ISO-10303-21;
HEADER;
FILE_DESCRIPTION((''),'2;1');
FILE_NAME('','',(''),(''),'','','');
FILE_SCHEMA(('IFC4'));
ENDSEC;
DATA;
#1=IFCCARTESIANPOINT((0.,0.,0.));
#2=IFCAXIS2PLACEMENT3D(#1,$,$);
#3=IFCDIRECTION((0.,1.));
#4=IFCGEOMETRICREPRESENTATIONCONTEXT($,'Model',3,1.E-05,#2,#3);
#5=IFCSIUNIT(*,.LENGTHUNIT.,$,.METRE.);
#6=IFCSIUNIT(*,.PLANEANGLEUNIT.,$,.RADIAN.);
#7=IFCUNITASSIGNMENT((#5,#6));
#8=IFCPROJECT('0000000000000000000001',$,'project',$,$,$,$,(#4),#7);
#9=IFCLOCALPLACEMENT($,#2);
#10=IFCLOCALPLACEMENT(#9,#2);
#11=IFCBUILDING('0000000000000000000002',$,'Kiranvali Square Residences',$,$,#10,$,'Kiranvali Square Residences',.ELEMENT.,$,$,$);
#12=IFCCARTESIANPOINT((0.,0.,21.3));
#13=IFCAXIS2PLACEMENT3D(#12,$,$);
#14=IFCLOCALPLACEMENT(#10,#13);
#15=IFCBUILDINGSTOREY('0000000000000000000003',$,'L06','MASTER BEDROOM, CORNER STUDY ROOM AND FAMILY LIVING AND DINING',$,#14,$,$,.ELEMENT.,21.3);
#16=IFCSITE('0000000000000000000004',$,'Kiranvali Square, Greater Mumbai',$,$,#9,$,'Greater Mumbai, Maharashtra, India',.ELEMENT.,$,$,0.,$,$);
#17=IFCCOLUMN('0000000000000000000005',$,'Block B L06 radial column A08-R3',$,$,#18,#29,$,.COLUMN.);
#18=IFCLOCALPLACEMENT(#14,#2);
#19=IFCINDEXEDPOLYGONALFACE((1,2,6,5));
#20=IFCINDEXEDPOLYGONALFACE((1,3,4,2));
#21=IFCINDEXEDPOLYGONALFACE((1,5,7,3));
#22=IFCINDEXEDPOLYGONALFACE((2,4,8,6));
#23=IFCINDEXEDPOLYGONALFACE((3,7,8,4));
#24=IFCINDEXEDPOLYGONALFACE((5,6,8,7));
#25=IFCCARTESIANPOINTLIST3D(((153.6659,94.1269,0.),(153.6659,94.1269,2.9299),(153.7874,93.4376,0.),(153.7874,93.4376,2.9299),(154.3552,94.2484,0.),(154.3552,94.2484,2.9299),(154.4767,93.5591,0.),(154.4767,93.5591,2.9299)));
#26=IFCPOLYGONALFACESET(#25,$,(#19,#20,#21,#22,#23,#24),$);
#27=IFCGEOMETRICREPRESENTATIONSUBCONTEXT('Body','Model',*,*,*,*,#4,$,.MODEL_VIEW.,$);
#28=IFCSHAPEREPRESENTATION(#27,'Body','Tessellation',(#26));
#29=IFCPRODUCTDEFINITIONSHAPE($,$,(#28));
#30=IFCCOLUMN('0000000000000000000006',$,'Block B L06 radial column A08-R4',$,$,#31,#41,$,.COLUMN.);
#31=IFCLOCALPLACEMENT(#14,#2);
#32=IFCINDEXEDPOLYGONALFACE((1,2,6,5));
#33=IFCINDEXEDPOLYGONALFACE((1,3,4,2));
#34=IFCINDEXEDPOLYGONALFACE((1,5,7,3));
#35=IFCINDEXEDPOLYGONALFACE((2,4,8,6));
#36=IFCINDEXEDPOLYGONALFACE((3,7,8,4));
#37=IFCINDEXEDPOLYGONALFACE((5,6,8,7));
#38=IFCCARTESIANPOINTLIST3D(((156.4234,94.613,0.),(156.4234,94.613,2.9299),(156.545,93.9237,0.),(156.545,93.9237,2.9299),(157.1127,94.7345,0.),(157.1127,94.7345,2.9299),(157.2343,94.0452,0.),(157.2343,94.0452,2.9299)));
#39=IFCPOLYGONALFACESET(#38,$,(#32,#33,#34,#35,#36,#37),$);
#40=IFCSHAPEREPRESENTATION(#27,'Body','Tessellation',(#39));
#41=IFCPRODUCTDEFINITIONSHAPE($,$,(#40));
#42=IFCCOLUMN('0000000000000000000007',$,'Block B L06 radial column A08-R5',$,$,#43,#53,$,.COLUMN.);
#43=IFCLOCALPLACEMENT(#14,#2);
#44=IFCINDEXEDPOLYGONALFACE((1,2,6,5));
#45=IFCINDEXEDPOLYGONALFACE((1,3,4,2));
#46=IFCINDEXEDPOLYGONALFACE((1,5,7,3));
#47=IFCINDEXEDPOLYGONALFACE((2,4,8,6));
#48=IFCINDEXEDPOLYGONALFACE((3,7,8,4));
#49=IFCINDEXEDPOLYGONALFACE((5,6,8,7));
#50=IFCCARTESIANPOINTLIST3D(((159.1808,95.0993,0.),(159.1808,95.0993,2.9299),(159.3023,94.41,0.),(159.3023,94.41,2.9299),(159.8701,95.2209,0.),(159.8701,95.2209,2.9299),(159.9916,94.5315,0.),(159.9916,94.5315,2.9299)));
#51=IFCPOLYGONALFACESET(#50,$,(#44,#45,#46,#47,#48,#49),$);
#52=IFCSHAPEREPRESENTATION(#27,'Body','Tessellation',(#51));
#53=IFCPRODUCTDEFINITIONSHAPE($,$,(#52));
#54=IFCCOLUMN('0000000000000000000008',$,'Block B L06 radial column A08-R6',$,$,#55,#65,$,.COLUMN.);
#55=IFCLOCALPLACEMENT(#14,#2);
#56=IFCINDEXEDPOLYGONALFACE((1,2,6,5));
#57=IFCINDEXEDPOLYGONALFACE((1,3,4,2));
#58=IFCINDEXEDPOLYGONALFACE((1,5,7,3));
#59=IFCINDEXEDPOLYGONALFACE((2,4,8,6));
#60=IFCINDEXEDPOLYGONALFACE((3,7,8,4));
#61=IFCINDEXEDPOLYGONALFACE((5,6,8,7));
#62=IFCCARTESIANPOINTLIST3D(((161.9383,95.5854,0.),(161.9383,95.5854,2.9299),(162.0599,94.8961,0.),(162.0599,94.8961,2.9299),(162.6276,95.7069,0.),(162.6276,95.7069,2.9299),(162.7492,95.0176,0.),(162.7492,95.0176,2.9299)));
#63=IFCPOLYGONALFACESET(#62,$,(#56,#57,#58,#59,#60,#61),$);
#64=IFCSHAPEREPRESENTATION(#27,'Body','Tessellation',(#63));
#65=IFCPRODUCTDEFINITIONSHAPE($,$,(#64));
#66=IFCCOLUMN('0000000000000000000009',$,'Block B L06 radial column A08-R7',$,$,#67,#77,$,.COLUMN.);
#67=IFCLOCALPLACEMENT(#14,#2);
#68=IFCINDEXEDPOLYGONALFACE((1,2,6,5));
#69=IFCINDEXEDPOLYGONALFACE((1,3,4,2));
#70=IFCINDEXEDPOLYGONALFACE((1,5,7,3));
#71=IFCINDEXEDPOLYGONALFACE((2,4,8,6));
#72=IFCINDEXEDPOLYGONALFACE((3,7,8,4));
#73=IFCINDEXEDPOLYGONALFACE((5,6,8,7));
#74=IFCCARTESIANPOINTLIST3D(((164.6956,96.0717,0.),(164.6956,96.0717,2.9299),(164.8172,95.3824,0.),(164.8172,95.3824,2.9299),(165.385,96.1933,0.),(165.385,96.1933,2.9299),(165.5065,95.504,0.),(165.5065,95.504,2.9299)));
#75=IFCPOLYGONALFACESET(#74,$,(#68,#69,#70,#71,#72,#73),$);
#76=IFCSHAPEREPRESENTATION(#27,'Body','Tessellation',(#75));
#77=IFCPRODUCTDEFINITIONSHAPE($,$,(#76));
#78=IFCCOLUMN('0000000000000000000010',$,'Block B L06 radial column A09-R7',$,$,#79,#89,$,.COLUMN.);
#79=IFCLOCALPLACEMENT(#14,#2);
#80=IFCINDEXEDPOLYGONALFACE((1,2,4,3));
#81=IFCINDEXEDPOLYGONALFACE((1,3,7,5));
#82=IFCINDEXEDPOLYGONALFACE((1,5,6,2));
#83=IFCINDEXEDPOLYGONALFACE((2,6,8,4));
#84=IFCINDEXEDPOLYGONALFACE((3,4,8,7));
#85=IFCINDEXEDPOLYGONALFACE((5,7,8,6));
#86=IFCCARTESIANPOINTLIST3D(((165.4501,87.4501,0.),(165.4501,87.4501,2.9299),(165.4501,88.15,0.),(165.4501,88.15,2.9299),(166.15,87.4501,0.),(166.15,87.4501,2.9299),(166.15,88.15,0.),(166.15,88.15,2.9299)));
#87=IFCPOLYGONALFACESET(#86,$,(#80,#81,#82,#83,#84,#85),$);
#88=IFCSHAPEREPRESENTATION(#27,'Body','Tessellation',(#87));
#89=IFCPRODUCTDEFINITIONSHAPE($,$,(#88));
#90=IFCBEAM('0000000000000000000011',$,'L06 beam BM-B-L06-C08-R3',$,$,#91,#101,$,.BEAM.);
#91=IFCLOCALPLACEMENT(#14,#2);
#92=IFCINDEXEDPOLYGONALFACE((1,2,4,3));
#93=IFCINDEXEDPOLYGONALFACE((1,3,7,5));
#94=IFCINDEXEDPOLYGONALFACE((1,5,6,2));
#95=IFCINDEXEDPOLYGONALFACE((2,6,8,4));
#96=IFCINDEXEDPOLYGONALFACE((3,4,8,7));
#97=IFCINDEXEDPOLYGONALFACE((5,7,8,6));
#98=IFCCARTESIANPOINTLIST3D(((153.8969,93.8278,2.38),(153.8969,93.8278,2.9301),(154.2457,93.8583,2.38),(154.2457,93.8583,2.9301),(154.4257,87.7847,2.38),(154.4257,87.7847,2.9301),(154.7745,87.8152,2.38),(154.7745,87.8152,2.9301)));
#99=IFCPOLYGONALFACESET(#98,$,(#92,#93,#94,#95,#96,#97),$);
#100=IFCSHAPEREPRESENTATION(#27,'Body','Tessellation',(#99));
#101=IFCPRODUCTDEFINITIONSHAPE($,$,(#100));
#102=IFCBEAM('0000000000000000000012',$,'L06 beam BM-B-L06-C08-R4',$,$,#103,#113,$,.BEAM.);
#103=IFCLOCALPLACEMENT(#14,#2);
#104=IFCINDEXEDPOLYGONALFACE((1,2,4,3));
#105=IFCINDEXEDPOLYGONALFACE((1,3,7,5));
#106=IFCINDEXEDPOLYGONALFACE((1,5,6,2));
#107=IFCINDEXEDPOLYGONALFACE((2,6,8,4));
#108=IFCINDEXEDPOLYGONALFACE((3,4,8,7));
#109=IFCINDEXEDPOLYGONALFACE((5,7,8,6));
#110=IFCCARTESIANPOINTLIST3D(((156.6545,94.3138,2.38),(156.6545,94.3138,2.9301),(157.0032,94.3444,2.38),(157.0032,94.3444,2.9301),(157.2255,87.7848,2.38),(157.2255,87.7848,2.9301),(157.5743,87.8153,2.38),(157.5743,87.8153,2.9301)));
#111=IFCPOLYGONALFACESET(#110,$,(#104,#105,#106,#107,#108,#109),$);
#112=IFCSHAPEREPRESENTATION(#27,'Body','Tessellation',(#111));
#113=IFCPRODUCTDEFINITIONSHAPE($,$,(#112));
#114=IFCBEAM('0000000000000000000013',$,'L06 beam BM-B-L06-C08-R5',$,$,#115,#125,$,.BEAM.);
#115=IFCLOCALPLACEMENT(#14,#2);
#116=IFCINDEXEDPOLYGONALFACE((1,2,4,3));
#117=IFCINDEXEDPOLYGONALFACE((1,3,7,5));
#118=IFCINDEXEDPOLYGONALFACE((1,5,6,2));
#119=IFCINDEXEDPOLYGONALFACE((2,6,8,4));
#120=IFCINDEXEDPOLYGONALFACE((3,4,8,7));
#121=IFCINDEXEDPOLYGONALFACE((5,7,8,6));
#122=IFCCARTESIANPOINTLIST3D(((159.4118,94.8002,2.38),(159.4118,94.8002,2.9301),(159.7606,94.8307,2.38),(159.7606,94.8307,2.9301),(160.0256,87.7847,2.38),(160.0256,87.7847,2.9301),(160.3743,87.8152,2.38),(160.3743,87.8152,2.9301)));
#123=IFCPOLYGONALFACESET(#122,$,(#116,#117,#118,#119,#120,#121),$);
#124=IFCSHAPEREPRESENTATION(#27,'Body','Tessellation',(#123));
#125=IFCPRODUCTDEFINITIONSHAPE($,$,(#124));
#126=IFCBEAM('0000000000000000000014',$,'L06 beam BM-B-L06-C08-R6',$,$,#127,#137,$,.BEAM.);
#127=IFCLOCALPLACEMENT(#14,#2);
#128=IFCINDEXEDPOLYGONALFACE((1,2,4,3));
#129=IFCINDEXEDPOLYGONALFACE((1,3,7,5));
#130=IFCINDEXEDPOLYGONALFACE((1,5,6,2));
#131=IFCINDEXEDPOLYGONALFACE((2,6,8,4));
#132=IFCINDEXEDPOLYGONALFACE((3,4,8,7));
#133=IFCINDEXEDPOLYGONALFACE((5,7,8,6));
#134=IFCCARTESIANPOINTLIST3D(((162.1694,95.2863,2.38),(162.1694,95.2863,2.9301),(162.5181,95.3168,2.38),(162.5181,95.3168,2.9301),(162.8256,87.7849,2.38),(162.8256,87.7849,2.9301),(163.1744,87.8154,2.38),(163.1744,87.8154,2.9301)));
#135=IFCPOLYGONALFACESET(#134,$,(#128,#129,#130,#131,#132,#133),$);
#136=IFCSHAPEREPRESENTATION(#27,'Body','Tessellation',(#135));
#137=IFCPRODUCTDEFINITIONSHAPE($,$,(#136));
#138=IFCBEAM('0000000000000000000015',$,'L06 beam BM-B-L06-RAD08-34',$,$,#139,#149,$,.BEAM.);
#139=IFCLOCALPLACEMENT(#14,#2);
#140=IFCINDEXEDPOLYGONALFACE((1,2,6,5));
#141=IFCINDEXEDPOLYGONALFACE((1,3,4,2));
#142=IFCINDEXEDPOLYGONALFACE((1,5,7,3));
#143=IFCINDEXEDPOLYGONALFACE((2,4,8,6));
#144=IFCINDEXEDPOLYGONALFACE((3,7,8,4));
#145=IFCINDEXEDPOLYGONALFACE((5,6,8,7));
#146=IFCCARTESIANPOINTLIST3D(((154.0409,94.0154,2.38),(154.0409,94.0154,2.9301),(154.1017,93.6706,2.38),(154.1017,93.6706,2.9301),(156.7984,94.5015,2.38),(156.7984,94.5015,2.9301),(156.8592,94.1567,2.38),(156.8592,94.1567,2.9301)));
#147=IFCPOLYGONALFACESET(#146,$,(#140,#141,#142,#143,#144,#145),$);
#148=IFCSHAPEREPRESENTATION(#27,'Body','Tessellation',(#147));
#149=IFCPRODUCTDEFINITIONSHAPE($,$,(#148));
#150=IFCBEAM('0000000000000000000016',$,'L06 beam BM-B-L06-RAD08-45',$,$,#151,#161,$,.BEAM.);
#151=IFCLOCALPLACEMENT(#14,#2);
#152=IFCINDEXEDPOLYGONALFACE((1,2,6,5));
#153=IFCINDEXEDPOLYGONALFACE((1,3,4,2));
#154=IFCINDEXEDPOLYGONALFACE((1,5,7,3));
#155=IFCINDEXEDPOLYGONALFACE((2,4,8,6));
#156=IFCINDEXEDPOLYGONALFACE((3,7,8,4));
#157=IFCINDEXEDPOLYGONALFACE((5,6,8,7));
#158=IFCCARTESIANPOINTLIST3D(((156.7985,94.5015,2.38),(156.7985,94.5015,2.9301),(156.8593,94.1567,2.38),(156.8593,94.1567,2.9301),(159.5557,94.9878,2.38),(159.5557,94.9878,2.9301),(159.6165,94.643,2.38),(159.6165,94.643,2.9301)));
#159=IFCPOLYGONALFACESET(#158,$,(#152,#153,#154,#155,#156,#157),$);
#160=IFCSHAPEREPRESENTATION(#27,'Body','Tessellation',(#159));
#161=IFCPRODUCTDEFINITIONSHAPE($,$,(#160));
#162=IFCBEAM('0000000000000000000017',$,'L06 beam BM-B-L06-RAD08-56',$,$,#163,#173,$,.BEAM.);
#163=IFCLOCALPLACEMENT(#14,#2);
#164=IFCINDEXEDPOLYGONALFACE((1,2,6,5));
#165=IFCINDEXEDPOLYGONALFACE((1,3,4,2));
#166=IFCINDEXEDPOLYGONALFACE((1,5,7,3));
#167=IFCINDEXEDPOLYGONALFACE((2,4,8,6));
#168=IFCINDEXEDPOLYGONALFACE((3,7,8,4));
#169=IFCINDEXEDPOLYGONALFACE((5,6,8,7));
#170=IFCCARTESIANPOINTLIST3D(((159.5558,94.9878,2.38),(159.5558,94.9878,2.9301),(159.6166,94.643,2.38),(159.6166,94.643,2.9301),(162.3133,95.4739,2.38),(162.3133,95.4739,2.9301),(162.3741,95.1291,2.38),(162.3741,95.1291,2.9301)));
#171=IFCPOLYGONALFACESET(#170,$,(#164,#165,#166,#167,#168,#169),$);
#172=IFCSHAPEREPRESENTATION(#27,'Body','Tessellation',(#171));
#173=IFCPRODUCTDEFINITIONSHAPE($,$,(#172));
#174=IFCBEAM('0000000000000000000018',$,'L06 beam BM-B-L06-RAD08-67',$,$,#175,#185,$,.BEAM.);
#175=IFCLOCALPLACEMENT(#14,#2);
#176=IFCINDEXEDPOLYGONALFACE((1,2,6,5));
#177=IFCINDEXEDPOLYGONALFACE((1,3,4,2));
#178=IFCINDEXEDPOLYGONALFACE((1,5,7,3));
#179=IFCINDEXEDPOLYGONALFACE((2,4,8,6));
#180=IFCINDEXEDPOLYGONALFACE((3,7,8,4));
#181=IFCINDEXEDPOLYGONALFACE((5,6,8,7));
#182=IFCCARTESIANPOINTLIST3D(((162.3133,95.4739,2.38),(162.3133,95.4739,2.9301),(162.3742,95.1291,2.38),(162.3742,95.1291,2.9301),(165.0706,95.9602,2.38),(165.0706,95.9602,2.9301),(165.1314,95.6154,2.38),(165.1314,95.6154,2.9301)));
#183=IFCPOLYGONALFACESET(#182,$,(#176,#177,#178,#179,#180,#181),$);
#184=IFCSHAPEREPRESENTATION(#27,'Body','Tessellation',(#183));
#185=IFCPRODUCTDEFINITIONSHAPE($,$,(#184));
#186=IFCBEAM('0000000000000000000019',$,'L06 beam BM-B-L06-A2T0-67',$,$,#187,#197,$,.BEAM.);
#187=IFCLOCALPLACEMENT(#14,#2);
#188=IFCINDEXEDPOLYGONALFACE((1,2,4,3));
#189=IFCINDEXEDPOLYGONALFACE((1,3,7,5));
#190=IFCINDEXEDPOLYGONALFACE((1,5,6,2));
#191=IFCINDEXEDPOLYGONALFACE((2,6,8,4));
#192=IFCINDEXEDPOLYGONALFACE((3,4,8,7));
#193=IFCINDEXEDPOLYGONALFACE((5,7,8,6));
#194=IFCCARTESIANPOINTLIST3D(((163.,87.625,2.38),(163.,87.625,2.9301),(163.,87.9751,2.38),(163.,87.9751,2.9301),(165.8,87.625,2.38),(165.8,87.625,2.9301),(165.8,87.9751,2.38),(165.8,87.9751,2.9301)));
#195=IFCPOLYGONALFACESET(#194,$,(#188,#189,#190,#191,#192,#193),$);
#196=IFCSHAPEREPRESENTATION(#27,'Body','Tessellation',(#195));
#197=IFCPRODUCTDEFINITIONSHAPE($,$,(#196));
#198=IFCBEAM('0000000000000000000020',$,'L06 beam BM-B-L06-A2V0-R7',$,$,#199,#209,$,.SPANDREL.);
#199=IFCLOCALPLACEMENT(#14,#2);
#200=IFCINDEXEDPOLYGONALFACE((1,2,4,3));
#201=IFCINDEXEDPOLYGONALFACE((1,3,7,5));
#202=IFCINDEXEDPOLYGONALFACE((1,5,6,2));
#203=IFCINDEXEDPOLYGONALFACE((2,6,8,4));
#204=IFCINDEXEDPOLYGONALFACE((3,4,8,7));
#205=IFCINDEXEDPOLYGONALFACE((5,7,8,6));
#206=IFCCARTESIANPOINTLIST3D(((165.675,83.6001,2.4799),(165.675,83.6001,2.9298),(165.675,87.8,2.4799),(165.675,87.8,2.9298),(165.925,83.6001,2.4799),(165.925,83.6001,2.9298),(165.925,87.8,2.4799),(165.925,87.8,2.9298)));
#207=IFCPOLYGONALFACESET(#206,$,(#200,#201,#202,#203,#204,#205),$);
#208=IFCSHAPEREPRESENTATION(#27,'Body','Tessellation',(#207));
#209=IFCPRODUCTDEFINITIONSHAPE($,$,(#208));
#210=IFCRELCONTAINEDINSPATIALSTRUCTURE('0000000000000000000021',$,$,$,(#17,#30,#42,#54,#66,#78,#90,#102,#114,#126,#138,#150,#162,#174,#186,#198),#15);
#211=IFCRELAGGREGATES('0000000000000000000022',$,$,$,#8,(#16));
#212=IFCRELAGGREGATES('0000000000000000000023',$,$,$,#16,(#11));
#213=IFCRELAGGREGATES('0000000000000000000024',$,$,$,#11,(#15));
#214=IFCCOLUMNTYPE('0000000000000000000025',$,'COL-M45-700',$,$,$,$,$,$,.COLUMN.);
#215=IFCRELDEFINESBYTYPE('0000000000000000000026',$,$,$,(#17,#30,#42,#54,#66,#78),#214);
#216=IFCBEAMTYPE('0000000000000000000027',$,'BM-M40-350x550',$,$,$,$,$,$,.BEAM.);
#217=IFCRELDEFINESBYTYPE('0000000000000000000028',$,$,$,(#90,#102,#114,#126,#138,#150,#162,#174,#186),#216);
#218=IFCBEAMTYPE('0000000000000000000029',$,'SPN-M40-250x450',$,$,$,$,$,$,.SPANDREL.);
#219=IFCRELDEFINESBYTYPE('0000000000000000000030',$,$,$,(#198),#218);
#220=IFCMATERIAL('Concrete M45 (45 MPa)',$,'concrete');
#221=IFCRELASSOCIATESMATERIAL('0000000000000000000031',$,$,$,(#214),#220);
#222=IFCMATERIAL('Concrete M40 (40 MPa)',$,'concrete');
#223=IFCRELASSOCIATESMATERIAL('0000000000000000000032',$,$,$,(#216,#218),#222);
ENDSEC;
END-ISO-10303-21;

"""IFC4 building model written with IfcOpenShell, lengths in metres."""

from ifc_helpers import new_model, si_unit, direction, frame, origin, origin_2d, place, context, subcontext, project, spatial, rectangle, extrude, material, material_profile, profile_set, type_object, element, save


model = new_model("IFC4")

# Units and contexts
model_context = context("Model", 3, precision=1e-05, world=origin(), true_north=direction((0.0, 1.0)))
body_context = subcontext(model_context, "Body", "Model", "MODEL_VIEW")
ifc_project = project(units=[si_unit("LENGTHUNIT", "METRE"), si_unit("PLANEANGLEUNIT", "RADIAN")], contexts=[model_context])

# Site, building, storey
site_placement = place(None, origin())
site = spatial("IfcSite", under=ifc_project, at=site_placement, Name="Kiranvali Square, Greater Mumbai", LongName="Greater Mumbai, Maharashtra, India", CompositionType="ELEMENT", RefElevation=0.0)
building_placement = place(site_placement, origin())
building = spatial("IfcBuilding", under=site, at=building_placement, Name="Kiranvali Square Residences", LongName="Kiranvali Square Residences", CompositionType="ELEMENT")
storey_placement = place(building_placement, frame((0.0, 0.0, 21.3)))
storey = spatial("IfcBuildingStorey", under=building, at=storey_placement, Name="L06", Description="MASTER BEDROOM, CORNER STUDY ROOM AND FAMILY LIVING AND DINING", CompositionType="ELEMENT", Elevation=21.3)

# Columns
ifc_material_1 = material(Name="Concrete M45 (45 MPa)", Category="concrete")
ifc_material_profile_1 = material_profile(ifc_material_1, rectangle(XDim=0.7, YDim=0.7, at=origin_2d()), Name="RC 700x700")
ifc_profile_set_1 = profile_set([ifc_material_profile_1], Name="Concrete M45 (45 MPa)")
column_type = type_object("IfcColumnType", Name="COL-M45-700", PredefinedType="COLUMN", material=ifc_profile_set_1)
for number, where, z_axis, x_axis, name in (
    (1, (154.0713, 93.843, 0.0), (0.0, 0.0, 1.0), (-0.173648, 0.984808, 0.0), "Block B L06 radial column A08-R3"),
    (2, (156.8289, 94.3291, 0.0), (0.0, 0.0, 1.0), (-0.173648, 0.984808, 0.0), "Block B L06 radial column A08-R4"),
    (3, (159.5862, 94.8154, 0.0), (0.0, 0.0, 1.0), (-0.173648, 0.984808, 0.0), "Block B L06 radial column A08-R5"),
    (4, (162.3438, 95.3015, 0.0), (0.0, 0.0, 1.0), (-0.173648, 0.984808, 0.0), "Block B L06 radial column A08-R6"),
    (5, (165.1011, 95.7878, 0.0), (0.0, 0.0, 1.0), (-0.173648, 0.984808, 0.0), "Block B L06 radial column A08-R7"),
    (6, (165.8, 87.8, 0.0), (0.0, 0.0, 1.0), (0.0, 1.0, 0.0), "Block B L06 radial column A09-R7"),
):
    element("IfcColumn", number, at=place(storey_placement, frame(where, z_axis=z_axis, x_axis=x_axis)), inside=storey, type_object=column_type, Name=name, PredefinedType="COLUMN", context=body_context, shape_type="SweptSolid", body=[
        extrude(rectangle(XDim=0.7, YDim=0.7, at=origin_2d()), origin(), (0.0, 0.0, 1.0), 2.9299),
    ])

# Beams
ifc_material_2 = material(Name="Concrete M40 (40 MPa)", Category="concrete")
ifc_material_profile_2 = material_profile(ifc_material_2, rectangle(XDim=0.3501, YDim=0.55, at=origin_2d()), Name="RC 350x550")
ifc_profile_set_2 = profile_set([ifc_material_profile_2], Name="Concrete M40 (40 MPa)")
beam_type_1 = type_object("IfcBeamType", Name="BM-M40-350x550", PredefinedType="BEAM", material=ifc_profile_set_2)
beam_1_placement = place(storey_placement, frame((154.0713, 93.843, 2.655), z_axis=(0.087175, -0.996193, 0.0), x_axis=(0.996193, 0.087175, 0.0)))
element("IfcBeam", 7, at=beam_1_placement, inside=storey, type_object=beam_type_1, Name="L06 beam BM-B-L06-C08-R3", PredefinedType="BEAM", context=body_context, shape_type="SweptSolid", body=[
    extrude(rectangle(XDim=0.3501, YDim=0.55, at=origin_2d()), origin(), (0.0, 0.0, 1.0), 6.0662),
])
beam_2_placement = place(storey_placement, frame((156.8289, 94.3291, 2.655), z_axis=(0.08713, -0.996197, 0.0), x_axis=(0.996197, 0.08713, 0.0)))
element("IfcBeam", 8, at=beam_2_placement, inside=storey, type_object=beam_type_1, Name="L06 beam BM-B-L06-C08-R4", PredefinedType="BEAM", context=body_context, shape_type="SweptSolid", body=[
    extrude(rectangle(XDim=0.3501, YDim=0.55, at=origin_2d()), origin(), (0.0, 0.0, 1.0), 6.554),
])
beam_3_placement = place(storey_placement, frame((159.5862, 94.8154, 2.655), z_axis=(0.087156, -0.996195, 0.0), x_axis=(0.996195, 0.087156, 0.0)))
element("IfcBeam", 9, at=beam_3_placement, inside=storey, type_object=beam_type_1, Name="L06 beam BM-B-L06-C08-R5", PredefinedType="BEAM", context=body_context, shape_type="SweptSolid", body=[
    extrude(rectangle(XDim=0.3501, YDim=0.55, at=origin_2d()), origin(), (0.0, 0.0, 1.0), 7.0422),
])
beam_4_placement = place(storey_placement, frame((162.3438, 95.3015, 2.655), z_axis=(0.08715, -0.996195, 0.0), x_axis=(0.996195, 0.08715, 0.0)))
element("IfcBeam", 10, at=beam_4_placement, inside=storey, type_object=beam_type_1, Name="L06 beam BM-B-L06-C08-R6", PredefinedType="BEAM", context=body_context, shape_type="SweptSolid", body=[
    extrude(rectangle(XDim=0.3501, YDim=0.55, at=origin_2d()), origin(), (0.0, 0.0, 1.0), 7.53),
])
beam_5_placement = place(storey_placement, frame((154.0713, 93.843, 2.655), z_axis=(0.984817, 0.173596, 0.0), x_axis=(-0.173596, 0.984817, 0.0)))
element("IfcBeam", 11, at=beam_5_placement, inside=storey, type_object=beam_type_1, Name="L06 beam BM-B-L06-RAD08-34", PredefinedType="BEAM", context=body_context, shape_type="SweptSolid", body=[
    extrude(rectangle(XDim=0.3501, YDim=0.55, at=origin_2d()), origin(), (0.0, 0.0, 1.0), 2.8),
])
beam_6_placement = place(storey_placement, frame((156.8289, 94.3291, 2.655), z_axis=(0.984799, 0.173696, 0.0), x_axis=(-0.173696, 0.984799, 0.0)))
element("IfcBeam", 12, at=beam_6_placement, inside=storey, type_object=beam_type_1, Name="L06 beam BM-B-L06-RAD08-45", PredefinedType="BEAM", context=body_context, shape_type="SweptSolid", body=[
    extrude(rectangle(XDim=0.3501, YDim=0.55, at=origin_2d()), origin(), (0.0, 0.0, 1.0), 2.7998),
])
beam_7_placement = place(storey_placement, frame((159.5862, 94.8154, 2.655), z_axis=(0.984817, 0.173596, 0.0), x_axis=(-0.173596, 0.984817, 0.0)))
element("IfcBeam", 13, at=beam_7_placement, inside=storey, type_object=beam_type_1, Name="L06 beam BM-B-L06-RAD08-56", PredefinedType="BEAM", context=body_context, shape_type="SweptSolid", body=[
    extrude(rectangle(XDim=0.3501, YDim=0.55, at=origin_2d()), origin(), (0.0, 0.0, 1.0), 2.8),
])
beam_8_placement = place(storey_placement, frame((162.3438, 95.3015, 2.655), z_axis=(0.984799, 0.173696, 0.0), x_axis=(-0.173696, 0.984799, 0.0)))
element("IfcBeam", 14, at=beam_8_placement, inside=storey, type_object=beam_type_1, Name="L06 beam BM-B-L06-RAD08-67", PredefinedType="BEAM", context=body_context, shape_type="SweptSolid", body=[
    extrude(rectangle(XDim=0.3501, YDim=0.55, at=origin_2d()), origin(), (0.0, 0.0, 1.0), 2.7998),
])
beam_9_placement = place(storey_placement, frame((163.0, 87.8, 2.655), z_axis=(1.0, 0.0, 0.0), x_axis=(0.0, 1.0, 0.0)))
element("IfcBeam", 15, at=beam_9_placement, inside=storey, type_object=beam_type_1, Name="L06 beam BM-B-L06-A2T0-67", PredefinedType="BEAM", context=body_context, shape_type="SweptSolid", body=[
    extrude(rectangle(XDim=0.3501, YDim=0.55, at=origin_2d()), origin(), (0.0, 0.0, 1.0), 2.8),
])
ifc_material_profile_3 = material_profile(ifc_material_2, rectangle(XDim=0.25, YDim=0.45, at=origin_2d()), Name="RC 250x450")
ifc_profile_set_3 = profile_set([ifc_material_profile_3], Name="Concrete M40 (40 MPa)")
beam_type_2 = type_object("IfcBeamType", Name="SPN-M40-250x450", PredefinedType="SPANDREL", material=ifc_profile_set_3)
beam_10_placement = place(storey_placement, frame((165.8, 87.8, 2.7048), z_axis=(0.0, -1.0, 0.0), x_axis=(1.0, 0.0, 0.0)))
element("IfcBeam", 16, at=beam_10_placement, inside=storey, type_object=beam_type_2, Name="L06 beam BM-B-L06-A2V0-R7", PredefinedType="SPANDREL", context=body_context, shape_type="SweptSolid", body=[
    extrude(rectangle(XDim=0.25, YDim=0.45, at=origin_2d()), origin(), (0.0, 0.0, 1.0), 4.2),
])

save(model, "model.ifc")
